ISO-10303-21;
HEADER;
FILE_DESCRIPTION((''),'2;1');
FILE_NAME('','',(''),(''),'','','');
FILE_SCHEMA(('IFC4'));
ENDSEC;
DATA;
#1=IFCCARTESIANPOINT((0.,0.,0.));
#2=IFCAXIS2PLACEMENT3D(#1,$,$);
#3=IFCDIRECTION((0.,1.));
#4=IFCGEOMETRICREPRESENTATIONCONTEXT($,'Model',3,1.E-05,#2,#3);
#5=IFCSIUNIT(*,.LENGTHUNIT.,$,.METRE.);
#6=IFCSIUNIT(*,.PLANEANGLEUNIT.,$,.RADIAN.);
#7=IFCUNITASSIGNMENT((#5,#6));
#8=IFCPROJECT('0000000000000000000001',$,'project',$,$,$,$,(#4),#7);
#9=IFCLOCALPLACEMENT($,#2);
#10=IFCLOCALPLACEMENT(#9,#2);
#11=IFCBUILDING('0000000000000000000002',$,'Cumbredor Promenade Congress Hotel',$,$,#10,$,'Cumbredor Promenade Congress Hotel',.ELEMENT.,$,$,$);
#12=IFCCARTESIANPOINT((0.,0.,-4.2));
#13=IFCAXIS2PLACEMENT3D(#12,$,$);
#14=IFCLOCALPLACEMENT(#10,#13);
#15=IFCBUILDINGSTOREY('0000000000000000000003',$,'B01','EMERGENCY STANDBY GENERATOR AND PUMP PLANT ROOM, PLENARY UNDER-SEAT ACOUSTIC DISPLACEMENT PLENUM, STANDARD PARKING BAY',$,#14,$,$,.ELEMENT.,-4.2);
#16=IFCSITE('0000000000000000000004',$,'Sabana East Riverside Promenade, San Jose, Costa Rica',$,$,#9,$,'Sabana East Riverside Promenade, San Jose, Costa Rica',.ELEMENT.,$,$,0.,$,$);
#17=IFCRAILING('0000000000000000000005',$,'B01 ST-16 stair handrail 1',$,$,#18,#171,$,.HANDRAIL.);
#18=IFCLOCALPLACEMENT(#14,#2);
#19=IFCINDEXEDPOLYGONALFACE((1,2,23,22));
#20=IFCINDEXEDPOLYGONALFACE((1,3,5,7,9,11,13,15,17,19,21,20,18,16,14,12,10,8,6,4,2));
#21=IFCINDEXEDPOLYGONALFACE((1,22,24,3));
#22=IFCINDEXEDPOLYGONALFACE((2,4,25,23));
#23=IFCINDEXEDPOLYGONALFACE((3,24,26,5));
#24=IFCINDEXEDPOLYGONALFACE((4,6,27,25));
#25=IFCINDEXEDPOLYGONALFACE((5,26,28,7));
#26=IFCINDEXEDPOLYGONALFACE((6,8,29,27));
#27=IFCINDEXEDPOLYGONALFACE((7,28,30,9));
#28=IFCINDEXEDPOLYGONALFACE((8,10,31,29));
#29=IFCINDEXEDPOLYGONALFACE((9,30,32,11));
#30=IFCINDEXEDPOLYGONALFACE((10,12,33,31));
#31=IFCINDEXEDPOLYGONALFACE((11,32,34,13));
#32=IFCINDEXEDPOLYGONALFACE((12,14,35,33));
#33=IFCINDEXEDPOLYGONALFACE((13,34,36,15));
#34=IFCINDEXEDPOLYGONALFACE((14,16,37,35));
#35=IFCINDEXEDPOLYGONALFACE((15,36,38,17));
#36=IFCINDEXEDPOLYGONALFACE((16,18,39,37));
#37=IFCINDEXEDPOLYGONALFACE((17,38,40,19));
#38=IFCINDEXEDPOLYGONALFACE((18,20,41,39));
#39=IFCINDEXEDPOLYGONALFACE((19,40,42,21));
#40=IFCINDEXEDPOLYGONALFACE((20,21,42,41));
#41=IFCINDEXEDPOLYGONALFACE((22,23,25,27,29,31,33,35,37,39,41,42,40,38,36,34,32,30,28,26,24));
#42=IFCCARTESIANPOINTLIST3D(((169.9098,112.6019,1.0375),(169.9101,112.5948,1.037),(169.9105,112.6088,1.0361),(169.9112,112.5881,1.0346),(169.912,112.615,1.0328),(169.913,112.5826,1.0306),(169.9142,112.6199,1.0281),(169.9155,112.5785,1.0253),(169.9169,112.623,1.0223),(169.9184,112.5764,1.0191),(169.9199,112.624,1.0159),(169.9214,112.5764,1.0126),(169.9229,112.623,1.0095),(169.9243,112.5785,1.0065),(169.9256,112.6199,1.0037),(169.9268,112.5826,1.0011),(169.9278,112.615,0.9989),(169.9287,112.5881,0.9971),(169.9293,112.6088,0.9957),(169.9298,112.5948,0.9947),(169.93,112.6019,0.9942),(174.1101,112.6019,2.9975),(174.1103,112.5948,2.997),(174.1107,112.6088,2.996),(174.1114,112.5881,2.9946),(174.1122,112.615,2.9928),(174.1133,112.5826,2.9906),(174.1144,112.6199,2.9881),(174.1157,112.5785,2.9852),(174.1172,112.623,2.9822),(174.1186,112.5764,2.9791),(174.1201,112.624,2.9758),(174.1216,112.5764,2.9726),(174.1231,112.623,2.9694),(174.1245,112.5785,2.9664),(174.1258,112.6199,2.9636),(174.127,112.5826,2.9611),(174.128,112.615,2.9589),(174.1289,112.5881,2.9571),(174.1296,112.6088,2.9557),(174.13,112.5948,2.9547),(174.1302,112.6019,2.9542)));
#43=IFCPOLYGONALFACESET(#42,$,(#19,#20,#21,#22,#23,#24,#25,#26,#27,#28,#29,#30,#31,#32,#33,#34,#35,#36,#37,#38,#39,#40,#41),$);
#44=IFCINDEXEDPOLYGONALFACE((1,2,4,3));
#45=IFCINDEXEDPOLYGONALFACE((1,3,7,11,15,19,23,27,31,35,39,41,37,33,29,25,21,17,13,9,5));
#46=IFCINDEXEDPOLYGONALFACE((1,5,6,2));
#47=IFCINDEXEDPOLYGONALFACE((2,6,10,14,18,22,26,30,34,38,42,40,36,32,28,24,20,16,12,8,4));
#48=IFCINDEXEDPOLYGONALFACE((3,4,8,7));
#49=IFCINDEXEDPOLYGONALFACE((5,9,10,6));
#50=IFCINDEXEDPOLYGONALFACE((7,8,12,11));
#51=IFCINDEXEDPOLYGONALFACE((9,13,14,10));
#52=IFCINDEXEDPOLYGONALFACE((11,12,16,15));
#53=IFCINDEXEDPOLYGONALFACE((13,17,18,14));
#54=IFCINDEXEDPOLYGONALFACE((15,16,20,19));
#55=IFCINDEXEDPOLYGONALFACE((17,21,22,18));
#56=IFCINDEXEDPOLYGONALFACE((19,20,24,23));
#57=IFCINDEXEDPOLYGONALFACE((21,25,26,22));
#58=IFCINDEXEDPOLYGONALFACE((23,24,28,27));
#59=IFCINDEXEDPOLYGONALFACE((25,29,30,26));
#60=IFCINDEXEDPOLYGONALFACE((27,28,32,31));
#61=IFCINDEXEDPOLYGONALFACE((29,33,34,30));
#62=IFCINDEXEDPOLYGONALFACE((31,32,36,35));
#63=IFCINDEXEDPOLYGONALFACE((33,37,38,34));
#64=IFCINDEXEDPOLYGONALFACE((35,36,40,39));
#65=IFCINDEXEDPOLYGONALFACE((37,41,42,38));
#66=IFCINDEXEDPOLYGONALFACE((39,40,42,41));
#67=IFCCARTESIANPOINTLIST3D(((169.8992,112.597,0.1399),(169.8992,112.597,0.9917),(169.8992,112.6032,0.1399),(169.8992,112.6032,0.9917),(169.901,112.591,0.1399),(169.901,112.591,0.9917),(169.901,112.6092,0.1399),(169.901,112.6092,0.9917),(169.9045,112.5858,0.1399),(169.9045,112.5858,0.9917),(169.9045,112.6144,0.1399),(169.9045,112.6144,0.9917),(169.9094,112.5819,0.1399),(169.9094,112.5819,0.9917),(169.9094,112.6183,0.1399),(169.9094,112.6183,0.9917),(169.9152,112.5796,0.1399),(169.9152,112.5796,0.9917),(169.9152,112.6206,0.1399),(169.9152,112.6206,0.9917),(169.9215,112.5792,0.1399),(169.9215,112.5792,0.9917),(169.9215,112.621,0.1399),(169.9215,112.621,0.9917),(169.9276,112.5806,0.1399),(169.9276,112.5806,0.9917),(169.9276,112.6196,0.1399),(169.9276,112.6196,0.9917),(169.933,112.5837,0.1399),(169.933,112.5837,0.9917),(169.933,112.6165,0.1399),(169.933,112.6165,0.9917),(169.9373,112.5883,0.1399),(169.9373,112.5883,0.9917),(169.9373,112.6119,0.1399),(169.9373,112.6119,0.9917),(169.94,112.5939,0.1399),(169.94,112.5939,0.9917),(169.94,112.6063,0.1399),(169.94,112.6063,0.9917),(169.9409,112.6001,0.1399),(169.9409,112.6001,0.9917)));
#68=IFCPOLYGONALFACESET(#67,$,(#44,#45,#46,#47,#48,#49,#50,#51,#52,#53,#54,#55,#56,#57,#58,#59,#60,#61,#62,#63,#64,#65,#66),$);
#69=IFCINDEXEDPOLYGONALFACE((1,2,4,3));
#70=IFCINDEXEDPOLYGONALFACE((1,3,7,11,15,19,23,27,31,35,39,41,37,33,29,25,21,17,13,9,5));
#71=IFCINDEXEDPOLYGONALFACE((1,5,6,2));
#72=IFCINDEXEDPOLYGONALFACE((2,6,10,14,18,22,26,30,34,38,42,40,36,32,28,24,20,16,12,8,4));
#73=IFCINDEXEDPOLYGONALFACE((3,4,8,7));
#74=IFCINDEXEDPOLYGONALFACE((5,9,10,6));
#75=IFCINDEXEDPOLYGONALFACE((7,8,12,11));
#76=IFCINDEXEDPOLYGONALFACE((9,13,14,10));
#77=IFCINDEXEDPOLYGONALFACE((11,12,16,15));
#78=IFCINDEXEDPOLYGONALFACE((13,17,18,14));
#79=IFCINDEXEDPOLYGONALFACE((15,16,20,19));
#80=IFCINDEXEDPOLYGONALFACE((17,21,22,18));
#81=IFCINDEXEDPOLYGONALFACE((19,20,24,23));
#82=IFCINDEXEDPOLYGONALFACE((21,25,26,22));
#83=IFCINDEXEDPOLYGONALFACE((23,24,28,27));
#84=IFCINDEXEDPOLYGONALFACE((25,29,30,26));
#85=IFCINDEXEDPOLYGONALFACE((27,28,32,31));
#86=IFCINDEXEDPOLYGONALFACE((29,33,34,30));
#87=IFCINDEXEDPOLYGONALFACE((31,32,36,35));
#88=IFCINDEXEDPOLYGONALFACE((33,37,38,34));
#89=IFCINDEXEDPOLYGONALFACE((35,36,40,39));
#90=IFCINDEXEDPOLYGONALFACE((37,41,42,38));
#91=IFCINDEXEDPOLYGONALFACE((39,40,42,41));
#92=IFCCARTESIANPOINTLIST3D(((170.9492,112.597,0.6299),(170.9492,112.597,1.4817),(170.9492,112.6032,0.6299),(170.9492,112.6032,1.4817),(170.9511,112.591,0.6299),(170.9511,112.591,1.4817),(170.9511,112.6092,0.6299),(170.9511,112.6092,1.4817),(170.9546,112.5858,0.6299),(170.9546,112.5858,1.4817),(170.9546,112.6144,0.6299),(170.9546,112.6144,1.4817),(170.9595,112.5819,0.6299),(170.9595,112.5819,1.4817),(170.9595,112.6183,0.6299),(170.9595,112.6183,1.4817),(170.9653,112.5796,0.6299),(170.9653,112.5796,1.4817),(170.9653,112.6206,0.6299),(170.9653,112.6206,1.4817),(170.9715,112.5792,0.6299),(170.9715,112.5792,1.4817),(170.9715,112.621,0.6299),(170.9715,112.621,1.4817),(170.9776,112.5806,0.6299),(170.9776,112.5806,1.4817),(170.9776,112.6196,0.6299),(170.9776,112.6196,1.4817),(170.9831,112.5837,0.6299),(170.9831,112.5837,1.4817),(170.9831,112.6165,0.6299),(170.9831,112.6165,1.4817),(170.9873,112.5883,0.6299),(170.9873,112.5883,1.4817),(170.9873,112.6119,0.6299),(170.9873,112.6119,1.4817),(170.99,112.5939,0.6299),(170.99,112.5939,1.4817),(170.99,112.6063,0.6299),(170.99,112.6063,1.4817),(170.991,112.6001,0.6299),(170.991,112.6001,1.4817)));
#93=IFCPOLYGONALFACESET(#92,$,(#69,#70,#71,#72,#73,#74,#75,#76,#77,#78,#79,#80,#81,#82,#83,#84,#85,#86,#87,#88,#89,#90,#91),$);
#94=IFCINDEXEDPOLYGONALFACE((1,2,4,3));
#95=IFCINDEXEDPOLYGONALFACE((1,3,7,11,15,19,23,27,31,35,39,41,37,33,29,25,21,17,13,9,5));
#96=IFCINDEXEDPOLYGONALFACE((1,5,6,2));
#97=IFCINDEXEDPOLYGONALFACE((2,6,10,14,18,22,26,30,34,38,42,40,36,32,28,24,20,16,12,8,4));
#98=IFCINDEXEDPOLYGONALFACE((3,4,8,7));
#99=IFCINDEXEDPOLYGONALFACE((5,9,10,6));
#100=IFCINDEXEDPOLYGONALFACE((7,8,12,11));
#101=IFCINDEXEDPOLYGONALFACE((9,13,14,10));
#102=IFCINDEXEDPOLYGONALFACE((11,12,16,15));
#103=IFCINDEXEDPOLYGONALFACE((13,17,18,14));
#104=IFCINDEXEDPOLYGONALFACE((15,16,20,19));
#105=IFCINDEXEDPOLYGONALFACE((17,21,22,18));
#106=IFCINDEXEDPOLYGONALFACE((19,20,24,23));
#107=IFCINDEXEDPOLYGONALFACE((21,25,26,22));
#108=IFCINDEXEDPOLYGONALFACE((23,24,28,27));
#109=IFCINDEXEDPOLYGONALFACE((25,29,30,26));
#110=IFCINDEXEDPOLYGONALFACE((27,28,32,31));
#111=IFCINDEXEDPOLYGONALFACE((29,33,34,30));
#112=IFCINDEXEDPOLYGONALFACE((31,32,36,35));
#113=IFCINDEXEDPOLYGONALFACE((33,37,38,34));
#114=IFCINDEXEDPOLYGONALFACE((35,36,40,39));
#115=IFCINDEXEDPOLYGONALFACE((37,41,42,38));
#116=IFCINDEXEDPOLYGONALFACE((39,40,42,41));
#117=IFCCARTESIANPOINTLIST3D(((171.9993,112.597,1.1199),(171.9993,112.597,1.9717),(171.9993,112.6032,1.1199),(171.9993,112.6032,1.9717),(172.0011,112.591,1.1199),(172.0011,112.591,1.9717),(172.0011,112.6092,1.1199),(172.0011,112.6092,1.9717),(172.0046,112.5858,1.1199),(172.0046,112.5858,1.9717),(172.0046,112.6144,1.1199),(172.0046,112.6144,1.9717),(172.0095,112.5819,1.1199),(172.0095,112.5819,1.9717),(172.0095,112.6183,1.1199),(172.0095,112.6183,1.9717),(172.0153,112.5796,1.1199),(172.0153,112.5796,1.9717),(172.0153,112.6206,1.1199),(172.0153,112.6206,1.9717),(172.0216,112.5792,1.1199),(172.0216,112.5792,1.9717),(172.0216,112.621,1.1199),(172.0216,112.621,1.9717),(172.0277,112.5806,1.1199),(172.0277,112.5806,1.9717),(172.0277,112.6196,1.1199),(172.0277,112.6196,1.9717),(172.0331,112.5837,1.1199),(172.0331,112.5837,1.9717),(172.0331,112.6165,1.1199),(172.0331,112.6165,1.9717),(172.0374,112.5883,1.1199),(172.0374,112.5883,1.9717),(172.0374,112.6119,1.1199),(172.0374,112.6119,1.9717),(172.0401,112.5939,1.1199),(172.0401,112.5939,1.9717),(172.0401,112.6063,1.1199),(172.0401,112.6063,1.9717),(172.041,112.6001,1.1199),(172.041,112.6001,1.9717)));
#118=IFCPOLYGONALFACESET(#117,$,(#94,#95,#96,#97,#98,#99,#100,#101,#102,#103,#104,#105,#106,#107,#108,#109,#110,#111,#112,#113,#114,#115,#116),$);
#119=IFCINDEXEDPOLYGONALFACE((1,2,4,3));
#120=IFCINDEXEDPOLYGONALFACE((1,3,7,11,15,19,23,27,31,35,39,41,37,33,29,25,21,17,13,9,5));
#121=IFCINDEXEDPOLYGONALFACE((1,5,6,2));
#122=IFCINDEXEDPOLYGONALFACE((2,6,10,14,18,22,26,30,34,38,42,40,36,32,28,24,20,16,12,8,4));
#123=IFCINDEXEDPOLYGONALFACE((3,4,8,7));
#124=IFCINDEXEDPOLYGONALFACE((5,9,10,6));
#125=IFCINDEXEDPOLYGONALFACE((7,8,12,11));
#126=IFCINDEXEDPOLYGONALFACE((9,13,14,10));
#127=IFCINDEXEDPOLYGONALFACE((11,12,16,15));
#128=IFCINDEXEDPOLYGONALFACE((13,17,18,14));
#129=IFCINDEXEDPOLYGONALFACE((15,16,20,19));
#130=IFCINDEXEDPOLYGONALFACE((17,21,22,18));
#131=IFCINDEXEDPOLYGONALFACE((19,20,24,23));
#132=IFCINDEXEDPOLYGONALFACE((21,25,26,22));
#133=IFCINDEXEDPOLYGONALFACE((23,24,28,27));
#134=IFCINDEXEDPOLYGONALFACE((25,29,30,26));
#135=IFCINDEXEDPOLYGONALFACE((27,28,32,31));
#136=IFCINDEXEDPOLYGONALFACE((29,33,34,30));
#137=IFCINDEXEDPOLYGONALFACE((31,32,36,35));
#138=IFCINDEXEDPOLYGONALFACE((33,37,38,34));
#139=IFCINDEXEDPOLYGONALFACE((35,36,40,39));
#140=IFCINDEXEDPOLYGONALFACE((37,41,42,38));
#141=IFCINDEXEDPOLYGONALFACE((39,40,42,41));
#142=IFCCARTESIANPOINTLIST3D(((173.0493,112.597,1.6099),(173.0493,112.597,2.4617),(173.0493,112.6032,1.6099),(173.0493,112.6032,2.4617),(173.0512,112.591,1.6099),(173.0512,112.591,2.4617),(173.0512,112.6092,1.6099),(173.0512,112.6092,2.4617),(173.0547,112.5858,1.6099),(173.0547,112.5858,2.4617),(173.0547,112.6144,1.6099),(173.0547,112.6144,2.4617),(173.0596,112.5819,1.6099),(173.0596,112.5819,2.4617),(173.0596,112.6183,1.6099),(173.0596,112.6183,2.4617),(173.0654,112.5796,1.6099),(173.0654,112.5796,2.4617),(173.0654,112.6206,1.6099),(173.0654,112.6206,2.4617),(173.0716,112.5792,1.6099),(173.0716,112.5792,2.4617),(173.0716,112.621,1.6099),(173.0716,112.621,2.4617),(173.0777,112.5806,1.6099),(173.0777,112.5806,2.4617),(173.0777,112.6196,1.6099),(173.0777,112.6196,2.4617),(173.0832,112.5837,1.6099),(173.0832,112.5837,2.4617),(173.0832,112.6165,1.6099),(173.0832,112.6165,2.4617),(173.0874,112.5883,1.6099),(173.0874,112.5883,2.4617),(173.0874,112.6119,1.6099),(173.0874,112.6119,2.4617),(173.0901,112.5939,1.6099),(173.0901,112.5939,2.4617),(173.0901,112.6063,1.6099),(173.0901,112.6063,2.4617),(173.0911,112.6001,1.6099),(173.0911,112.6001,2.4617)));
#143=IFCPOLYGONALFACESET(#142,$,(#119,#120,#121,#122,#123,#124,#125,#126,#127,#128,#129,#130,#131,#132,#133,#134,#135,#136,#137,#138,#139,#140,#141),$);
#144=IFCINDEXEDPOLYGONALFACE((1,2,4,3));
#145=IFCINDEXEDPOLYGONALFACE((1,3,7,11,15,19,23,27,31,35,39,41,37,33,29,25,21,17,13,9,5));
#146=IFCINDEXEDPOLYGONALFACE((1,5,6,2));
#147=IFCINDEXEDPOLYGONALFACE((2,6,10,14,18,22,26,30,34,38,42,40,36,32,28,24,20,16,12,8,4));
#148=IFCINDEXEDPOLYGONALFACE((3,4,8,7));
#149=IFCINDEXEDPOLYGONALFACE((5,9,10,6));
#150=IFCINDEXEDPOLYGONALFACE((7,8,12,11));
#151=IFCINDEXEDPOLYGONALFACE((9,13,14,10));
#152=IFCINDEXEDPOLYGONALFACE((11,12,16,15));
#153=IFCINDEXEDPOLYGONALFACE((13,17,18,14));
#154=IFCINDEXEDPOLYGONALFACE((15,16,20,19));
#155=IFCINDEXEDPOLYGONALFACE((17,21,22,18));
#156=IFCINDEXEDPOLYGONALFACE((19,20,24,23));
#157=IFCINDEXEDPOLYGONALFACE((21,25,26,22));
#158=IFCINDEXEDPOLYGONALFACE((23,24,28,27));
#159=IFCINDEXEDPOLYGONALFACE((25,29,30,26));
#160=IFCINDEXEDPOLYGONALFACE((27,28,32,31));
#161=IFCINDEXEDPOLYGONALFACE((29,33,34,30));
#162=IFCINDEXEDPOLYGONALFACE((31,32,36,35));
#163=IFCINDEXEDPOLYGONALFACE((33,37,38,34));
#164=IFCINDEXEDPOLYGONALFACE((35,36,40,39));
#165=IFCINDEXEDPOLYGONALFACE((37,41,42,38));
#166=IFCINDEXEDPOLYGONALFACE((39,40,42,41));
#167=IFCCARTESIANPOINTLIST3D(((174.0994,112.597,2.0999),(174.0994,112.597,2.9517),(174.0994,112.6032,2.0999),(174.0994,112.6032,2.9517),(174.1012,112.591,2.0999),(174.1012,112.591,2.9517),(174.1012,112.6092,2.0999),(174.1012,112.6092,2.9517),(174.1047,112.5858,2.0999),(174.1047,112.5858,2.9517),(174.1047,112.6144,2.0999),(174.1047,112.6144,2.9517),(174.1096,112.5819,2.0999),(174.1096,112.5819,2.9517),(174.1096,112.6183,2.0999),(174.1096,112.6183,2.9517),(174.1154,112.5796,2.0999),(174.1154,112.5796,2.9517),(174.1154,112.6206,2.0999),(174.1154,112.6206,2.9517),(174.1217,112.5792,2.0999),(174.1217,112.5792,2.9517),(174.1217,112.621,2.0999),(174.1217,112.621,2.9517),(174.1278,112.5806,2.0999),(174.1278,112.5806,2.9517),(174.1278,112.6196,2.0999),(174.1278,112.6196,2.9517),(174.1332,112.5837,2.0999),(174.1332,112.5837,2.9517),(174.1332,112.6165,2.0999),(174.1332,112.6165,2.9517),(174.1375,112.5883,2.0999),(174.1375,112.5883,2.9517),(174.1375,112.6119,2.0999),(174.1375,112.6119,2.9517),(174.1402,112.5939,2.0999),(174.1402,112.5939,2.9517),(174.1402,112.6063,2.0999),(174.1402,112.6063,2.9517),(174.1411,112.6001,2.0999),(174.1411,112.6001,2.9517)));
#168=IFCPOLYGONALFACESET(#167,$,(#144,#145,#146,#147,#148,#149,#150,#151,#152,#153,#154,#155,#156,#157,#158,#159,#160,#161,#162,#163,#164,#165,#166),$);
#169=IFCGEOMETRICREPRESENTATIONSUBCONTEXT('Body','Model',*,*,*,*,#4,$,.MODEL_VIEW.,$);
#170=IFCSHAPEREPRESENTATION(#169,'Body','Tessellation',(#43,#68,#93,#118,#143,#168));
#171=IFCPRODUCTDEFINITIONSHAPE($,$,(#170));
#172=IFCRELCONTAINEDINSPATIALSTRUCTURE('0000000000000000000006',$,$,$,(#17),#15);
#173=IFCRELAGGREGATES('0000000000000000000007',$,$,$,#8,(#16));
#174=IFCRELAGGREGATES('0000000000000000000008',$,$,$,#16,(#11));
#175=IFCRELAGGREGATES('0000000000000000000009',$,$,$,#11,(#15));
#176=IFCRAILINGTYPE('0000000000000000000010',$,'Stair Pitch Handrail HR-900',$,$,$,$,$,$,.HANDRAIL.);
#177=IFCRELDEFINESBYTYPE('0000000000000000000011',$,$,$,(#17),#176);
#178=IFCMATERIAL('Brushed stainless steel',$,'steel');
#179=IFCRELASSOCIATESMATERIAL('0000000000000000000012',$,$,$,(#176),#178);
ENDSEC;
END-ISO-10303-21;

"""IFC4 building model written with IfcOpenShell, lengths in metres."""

from ifc_helpers import new_model, si_unit, direction, frame, origin, origin_2d, place, context, subcontext, project, spatial, circle, extrude, material, type_object, element, save


model = new_model("IFC4")

# Units and contexts
model_context = context("Model", 3, precision=1e-05, world=origin(), true_north=direction((0.0, 1.0)))
body_context = subcontext(model_context, "Body", "Model", "MODEL_VIEW")
ifc_project = project(units=[si_unit("LENGTHUNIT", "METRE"), si_unit("PLANEANGLEUNIT", "RADIAN")], contexts=[model_context])

# Site, building, storey
site_placement = place(None, origin())
site = spatial("IfcSite", under=ifc_project, at=site_placement, Name="Sabana East Riverside Promenade, San Jose, Costa Rica", LongName="Sabana East Riverside Promenade, San Jose, Costa Rica", CompositionType="ELEMENT", RefElevation=0.0)
building_placement = place(site_placement, origin())
building = spatial("IfcBuilding", under=site, at=building_placement, Name="Cumbredor Promenade Congress Hotel", LongName="Cumbredor Promenade Congress Hotel", CompositionType="ELEMENT")
storey_placement = place(building_placement, frame((0.0, 0.0, -4.2)))
storey = spatial("IfcBuildingStorey", under=building, at=storey_placement, Name="B01", Description="EMERGENCY STANDBY GENERATOR AND PUMP PLANT ROOM, PLENARY UNDER-SEAT ACOUSTIC DISPLACEMENT PLENUM, STANDARD PARKING BAY", CompositionType="ELEMENT", Elevation=-4.2)

# Railing
ifc_material_1 = material(Name="Brushed stainless steel", Category="steel")
railing_type_1 = type_object("IfcRailingType", Name="Stair Pitch Handrail HR-900", PredefinedType="HANDRAIL", material=ifc_material_1)
railing_1_placement = place(storey_placement, frame((169.9199, 112.6001, 0.1399)))
element("IfcRailing", 1, at=railing_1_placement, inside=storey, type_object=railing_type_1, Name="B01 ST-16 stair handrail 1", PredefinedType="HANDRAIL", context=body_context, shape_type="SweptSolid", body=[
    extrude(circle(Radius=0.0239, at=origin_2d()), frame((0.0, 0.0, 0.876), z_axis=(0.906194, 0.0, 0.422862), x_axis=(0.0, 1.0, 0.0)), (0.0, 0.0, 1.0), 4.635),
    extrude(circle(Radius=0.021, at=origin_2d()), origin(), (0.0, 0.0, 1.0), 0.8518),
    extrude(circle(Radius=0.021, at=origin_2d()), frame((1.05, 0.0, 0.49)), (0.0, 0.0, 1.0), 0.8518),
    extrude(circle(Radius=0.021, at=origin_2d()), frame((2.1001, 0.0, 0.98)), (0.0, 0.0, 1.0), 0.8518),
    extrude(circle(Radius=0.021, at=origin_2d()), frame((3.1501, 0.0, 1.47)), (0.0, 0.0, 1.0), 0.8518),
    extrude(circle(Radius=0.021, at=origin_2d()), frame((4.2002, 0.0, 1.96)), (0.0, 0.0, 1.0), 0.8518),
])

save(model, "model.ifc")
